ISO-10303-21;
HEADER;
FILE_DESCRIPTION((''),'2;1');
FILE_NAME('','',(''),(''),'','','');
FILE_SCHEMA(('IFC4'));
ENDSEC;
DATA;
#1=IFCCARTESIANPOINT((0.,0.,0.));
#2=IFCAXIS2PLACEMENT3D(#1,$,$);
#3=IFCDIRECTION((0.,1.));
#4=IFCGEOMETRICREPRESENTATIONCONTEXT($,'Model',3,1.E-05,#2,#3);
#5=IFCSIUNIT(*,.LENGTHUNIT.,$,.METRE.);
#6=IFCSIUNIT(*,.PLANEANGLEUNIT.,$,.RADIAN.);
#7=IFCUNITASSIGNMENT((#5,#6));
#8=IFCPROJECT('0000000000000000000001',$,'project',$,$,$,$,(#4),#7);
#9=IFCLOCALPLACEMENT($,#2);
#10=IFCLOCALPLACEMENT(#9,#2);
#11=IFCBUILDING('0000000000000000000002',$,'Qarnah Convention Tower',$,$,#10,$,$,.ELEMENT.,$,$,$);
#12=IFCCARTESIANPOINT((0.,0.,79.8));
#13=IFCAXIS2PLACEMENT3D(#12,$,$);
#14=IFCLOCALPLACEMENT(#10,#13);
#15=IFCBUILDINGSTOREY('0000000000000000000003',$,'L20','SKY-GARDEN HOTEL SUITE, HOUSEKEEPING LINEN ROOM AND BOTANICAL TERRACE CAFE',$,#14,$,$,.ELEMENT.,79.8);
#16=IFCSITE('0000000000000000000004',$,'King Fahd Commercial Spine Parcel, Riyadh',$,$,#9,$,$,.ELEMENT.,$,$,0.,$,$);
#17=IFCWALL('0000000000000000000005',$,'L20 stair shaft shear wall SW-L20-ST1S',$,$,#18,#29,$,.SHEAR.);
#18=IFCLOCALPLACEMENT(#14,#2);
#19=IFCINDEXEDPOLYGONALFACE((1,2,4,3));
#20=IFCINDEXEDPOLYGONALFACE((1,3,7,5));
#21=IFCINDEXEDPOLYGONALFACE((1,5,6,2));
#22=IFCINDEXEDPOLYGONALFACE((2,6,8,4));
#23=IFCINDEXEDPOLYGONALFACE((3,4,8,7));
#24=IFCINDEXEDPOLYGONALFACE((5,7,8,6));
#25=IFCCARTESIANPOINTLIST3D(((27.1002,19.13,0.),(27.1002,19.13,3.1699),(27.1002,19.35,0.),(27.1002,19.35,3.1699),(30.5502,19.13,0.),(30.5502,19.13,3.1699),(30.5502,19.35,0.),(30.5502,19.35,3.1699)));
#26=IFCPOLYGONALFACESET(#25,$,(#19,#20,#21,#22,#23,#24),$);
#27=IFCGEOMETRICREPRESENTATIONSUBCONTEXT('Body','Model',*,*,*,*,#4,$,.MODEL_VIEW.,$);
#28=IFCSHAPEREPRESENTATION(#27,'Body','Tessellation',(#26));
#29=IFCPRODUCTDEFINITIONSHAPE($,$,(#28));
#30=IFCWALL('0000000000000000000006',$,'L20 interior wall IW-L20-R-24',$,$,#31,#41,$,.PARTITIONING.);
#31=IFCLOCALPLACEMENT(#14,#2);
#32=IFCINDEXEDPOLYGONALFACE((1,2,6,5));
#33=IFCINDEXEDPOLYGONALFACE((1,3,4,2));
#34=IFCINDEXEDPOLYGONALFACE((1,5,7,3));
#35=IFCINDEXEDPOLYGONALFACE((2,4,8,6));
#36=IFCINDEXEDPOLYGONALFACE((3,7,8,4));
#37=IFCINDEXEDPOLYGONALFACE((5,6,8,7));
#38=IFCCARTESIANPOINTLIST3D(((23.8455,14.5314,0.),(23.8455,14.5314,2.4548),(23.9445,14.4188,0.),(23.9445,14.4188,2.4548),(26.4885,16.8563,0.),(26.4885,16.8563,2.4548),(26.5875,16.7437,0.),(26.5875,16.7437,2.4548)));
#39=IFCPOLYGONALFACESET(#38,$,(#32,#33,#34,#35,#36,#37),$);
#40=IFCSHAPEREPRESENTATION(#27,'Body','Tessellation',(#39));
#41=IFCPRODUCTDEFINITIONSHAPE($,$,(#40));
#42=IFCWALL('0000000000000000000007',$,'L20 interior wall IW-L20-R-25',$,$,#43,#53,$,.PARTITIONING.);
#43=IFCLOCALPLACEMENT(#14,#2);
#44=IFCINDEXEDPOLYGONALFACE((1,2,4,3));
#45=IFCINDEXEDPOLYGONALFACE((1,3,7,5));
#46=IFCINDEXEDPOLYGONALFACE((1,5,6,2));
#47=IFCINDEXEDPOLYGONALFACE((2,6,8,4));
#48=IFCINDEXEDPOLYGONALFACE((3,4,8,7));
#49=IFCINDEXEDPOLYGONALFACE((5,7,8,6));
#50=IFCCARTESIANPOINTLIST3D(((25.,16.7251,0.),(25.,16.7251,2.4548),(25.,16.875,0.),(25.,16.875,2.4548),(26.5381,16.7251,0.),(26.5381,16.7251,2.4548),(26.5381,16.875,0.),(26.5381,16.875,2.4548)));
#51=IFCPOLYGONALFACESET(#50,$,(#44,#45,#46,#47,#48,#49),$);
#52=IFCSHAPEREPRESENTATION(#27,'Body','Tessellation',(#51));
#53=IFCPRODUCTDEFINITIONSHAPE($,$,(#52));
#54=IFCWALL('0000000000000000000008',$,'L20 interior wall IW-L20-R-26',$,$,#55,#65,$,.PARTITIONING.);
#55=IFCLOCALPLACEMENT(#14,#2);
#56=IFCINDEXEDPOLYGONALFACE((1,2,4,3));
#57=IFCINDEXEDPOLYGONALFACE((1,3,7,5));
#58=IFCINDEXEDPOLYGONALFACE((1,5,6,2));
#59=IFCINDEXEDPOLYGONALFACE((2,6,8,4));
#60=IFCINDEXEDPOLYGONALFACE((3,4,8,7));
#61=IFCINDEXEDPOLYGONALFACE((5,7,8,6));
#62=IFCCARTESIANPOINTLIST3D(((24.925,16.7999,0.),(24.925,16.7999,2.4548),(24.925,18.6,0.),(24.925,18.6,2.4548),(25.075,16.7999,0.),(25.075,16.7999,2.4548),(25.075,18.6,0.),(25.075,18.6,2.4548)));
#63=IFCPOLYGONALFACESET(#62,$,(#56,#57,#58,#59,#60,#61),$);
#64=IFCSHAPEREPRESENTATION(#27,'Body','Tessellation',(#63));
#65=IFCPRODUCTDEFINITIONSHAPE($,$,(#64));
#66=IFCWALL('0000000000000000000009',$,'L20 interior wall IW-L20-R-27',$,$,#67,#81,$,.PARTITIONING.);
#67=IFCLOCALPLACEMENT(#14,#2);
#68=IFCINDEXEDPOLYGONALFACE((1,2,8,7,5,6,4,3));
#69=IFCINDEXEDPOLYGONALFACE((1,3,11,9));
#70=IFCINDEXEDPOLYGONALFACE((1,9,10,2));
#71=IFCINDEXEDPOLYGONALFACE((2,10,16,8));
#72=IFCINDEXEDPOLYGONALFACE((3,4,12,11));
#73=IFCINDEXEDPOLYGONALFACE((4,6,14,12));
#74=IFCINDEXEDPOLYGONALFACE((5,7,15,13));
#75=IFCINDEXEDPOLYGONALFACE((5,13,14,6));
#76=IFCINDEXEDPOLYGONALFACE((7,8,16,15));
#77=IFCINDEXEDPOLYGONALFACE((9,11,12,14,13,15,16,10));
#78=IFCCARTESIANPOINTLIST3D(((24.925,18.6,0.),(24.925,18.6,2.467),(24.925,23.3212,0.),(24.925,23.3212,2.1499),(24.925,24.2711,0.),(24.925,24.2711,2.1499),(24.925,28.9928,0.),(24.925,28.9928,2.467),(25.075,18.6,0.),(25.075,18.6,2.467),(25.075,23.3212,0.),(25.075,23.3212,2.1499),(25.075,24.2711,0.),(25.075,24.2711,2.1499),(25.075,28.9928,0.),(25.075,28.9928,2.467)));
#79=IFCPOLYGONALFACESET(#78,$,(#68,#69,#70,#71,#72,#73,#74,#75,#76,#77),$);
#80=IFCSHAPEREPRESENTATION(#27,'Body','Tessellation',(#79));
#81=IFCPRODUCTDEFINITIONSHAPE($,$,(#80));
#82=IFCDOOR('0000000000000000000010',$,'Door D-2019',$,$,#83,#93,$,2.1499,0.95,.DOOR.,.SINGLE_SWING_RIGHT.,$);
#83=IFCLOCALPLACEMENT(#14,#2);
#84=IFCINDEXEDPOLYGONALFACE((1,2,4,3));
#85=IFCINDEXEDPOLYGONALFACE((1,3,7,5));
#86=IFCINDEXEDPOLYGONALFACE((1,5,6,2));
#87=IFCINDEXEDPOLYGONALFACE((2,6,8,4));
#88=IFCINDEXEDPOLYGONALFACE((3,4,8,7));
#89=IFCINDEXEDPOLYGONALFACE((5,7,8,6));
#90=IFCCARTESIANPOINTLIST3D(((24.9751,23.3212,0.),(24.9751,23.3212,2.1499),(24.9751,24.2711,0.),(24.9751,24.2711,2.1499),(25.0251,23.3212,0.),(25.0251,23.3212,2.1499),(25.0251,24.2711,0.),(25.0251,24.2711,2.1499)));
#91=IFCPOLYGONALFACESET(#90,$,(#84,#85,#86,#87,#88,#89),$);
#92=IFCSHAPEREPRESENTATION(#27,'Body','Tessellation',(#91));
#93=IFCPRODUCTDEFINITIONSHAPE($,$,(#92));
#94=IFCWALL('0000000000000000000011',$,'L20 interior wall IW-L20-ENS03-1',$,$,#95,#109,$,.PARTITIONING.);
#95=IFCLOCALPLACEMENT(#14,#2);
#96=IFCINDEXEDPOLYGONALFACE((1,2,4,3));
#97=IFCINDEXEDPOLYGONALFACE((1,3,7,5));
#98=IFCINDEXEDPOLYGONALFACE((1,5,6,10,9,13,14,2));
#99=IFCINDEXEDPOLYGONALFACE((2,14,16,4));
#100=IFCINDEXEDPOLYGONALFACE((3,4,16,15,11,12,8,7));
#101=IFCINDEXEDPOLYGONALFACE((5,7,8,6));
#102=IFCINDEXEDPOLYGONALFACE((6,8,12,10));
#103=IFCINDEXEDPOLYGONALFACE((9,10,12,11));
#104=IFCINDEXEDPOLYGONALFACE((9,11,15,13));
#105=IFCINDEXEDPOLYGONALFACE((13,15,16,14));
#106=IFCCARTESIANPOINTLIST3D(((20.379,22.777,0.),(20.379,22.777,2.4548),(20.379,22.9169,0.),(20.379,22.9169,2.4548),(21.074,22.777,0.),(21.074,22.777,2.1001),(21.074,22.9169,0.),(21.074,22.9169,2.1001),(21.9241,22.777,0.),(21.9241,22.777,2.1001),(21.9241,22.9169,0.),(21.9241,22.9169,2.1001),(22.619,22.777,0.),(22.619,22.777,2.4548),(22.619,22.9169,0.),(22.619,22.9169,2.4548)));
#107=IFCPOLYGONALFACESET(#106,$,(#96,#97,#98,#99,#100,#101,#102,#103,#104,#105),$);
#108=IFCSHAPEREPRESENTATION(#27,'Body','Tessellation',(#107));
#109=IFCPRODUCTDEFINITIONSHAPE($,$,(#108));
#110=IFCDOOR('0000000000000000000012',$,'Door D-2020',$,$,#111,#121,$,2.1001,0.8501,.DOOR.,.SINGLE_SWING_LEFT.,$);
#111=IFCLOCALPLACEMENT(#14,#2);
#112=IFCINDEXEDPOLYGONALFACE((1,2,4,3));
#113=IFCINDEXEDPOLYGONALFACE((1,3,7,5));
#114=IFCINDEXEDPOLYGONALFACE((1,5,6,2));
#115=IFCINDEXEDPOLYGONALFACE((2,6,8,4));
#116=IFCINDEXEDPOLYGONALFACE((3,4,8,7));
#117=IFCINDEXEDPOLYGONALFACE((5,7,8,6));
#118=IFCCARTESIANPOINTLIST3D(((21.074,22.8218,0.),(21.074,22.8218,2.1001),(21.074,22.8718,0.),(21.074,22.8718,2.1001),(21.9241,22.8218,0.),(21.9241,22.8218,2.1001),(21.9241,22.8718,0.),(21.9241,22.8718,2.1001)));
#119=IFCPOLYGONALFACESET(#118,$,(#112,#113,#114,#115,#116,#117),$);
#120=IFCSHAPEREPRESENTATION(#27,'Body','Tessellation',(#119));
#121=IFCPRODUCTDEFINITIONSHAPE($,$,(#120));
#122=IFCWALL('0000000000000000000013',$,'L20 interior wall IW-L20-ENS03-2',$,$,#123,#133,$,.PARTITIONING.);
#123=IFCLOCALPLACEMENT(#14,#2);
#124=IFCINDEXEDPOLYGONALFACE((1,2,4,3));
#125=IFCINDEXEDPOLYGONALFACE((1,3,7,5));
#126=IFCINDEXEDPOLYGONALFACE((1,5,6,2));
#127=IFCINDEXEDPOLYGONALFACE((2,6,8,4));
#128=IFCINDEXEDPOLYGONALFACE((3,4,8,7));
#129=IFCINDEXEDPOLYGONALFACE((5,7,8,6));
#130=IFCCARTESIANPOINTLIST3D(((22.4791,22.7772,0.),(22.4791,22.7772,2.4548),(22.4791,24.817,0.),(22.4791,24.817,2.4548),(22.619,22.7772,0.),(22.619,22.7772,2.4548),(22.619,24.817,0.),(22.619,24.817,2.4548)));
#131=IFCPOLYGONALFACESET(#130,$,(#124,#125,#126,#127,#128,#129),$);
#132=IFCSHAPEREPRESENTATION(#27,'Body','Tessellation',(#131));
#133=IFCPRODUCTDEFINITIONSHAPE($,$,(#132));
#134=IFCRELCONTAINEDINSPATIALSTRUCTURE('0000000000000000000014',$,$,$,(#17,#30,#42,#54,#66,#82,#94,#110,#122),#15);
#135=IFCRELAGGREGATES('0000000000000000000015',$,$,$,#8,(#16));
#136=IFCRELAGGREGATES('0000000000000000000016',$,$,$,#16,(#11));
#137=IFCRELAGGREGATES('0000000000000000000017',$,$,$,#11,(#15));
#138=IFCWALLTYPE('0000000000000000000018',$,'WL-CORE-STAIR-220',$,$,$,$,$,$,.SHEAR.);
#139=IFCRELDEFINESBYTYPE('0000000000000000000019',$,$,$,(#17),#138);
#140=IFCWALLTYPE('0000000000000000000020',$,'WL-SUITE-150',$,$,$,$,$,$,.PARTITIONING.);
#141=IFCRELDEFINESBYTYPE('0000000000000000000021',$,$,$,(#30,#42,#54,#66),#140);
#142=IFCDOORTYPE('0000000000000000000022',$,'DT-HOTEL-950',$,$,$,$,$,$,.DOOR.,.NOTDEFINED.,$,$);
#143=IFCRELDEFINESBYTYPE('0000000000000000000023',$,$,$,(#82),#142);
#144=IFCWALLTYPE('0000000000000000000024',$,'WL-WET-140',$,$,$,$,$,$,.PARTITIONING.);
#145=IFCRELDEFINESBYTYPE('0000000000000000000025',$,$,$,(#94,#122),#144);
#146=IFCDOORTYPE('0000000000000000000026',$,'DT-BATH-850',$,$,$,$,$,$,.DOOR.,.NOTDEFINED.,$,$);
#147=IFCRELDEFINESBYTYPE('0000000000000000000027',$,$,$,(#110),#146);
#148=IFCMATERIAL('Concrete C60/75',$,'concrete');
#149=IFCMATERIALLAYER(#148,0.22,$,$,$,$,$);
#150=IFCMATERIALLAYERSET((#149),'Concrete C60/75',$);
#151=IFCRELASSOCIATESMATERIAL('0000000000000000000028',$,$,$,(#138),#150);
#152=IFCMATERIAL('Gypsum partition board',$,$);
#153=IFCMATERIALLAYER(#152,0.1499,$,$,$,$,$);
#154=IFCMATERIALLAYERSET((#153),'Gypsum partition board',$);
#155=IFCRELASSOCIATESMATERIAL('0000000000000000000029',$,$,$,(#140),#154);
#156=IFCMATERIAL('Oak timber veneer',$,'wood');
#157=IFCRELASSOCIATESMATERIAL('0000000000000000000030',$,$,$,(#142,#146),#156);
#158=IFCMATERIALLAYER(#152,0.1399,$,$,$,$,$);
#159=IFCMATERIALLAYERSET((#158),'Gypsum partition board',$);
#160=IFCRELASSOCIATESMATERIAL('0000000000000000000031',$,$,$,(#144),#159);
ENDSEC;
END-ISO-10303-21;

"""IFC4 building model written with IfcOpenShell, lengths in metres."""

from ifc_helpers import new_model, si_unit, direction, frame, frame_2d, origin, place, context, subcontext, project, spatial, rectangle, extrude, material, layer, layer_set, type_object, element, fill, save


model = new_model("IFC4")

# Units and contexts
model_context = context("Model", 3, precision=1e-05, world=origin(), true_north=direction((0.0, 1.0)))
body_context = subcontext(model_context, "Body", "Model", "MODEL_VIEW")
ifc_project = project(units=[si_unit("LENGTHUNIT", "METRE"), si_unit("PLANEANGLEUNIT", "RADIAN")], contexts=[model_context])

# Site, building, storey
site_placement = place(None, origin())
site = spatial("IfcSite", under=ifc_project, at=site_placement, Name="King Fahd Commercial Spine Parcel, Riyadh", CompositionType="ELEMENT", RefElevation=0.0)
building_placement = place(site_placement, origin())
building = spatial("IfcBuilding", under=site, at=building_placement, Name="Qarnah Convention Tower", CompositionType="ELEMENT")
storey_placement = place(building_placement, frame((0.0, 0.0, 79.8)))
storey = spatial("IfcBuildingStorey", under=building, at=storey_placement, Name="L20", Description="SKY-GARDEN HOTEL SUITE, HOUSEKEEPING LINEN ROOM AND BOTANICAL TERRACE CAFE", CompositionType="ELEMENT", Elevation=79.8)

# Shared definitions
ifc_material_1 = material(Name="Concrete C60/75", Category="concrete")

# Walls
ifc_layer_1 = layer(ifc_material_1, 0.22)
ifc_layer_set_1 = layer_set([ifc_layer_1], Name="Concrete C60/75")
wall_type_1 = type_object("IfcWallType", Name="WL-CORE-STAIR-220", PredefinedType="SHEAR", material=ifc_layer_set_1)
wall_1_placement = place(storey_placement, frame((27.1001, 19.24, 0.0), z_axis=(0.0, 0.0, 1.0), x_axis=(1.0, 0.0, 0.0)))
element("IfcWall", 1, at=wall_1_placement, inside=storey, type_object=wall_type_1, Name="L20 stair shaft shear wall SW-L20-ST1S", PredefinedType="SHEAR", context=body_context, shape_type="SweptSolid", body=[
    extrude(rectangle(XDim=3.45, YDim=0.22, at=frame_2d((1.7251, 0.0))), origin(), (0.0, 0.0, 1.0), 3.1699),
])
ifc_material_2 = material(Name="Gypsum partition board")
ifc_layer_2 = layer(ifc_material_2, 0.1499)
ifc_layer_set_2 = layer_set([ifc_layer_2], Name="Gypsum partition board")
wall_type_2 = type_object("IfcWallType", Name="WL-SUITE-150", PredefinedType="PARTITIONING", material=ifc_layer_set_2)
wall_2_placement = place(storey_placement, frame((23.895, 14.4751, 0.0), z_axis=(0.0, 0.0, 1.0), x_axis=(0.750847, 0.660476, 0.0)))
element("IfcWall", 2, at=wall_2_placement, inside=storey, type_object=wall_type_2, Name="L20 interior wall IW-L20-R-24", PredefinedType="PARTITIONING", context=body_context, shape_type="SweptSolid", body=[
    extrude(rectangle(XDim=3.52, YDim=0.1499, at=frame_2d((1.76, 0.0))), origin(), (0.0, 0.0, 1.0), 2.4548),
])
wall_3_placement = place(storey_placement, frame((26.5381, 16.8, 0.0), z_axis=(0.0, 0.0, 1.0), x_axis=(-1.0, 0.0, 0.0)))
element("IfcWall", 3, at=wall_3_placement, inside=storey, type_object=wall_type_2, Name="L20 interior wall IW-L20-R-25", PredefinedType="PARTITIONING", context=body_context, shape_type="SweptSolid", body=[
    extrude(rectangle(XDim=1.5381, YDim=0.1499, at=frame_2d((0.769, 0.0))), origin(), (0.0, 0.0, 1.0), 2.4548),
])
wall_4_placement = place(storey_placement, frame((25.0, 16.8, 0.0), z_axis=(0.0, 0.0, 1.0), x_axis=(0.0, 1.0, 0.0)))
element("IfcWall", 4, at=wall_4_placement, inside=storey, type_object=wall_type_2, Name="L20 interior wall IW-L20-R-26", PredefinedType="PARTITIONING", context=body_context, shape_type="SweptSolid", body=[
    extrude(rectangle(XDim=1.8, YDim=0.1499, at=frame_2d((0.8999, 0.0))), origin(), (0.0, 0.0, 1.0), 2.4548),
])

# Walls, openings, doors
wall_5_placement = place(storey_placement, frame((25.0, 18.6001, 0.0), z_axis=(0.0, 0.0, 1.0), x_axis=(0.0, 1.0, 0.0)))
wall_5 = element("IfcWall", 5, at=wall_5_placement, inside=storey, type_object=wall_type_2, Name="L20 interior wall IW-L20-R-27", PredefinedType="PARTITIONING", context=body_context, shape_type="SweptSolid", body=[
    extrude(rectangle(XDim=10.3928, YDim=0.1499, at=frame_2d((5.1963, 0.0))), origin(), (0.0, 0.0, 1.0), 2.467),
])
opening_1_placement = place(wall_5_placement, frame((4.7209, 0.0, 0.0)))
opening_1 = element("IfcOpeningElement", 6, at=opening_1_placement, cuts=wall_5, PredefinedType="OPENING", context=body_context, shape_type="SweptSolid", body=[
    extrude(rectangle(XDim=0.95, YDim=2.1499, at=frame_2d((0.4751, 1.075))), frame((0.0, 0.085, 0.0), z_axis=(0.0, -1.0, 0.0), x_axis=(1.0, 0.0, 0.0)), (0.0, 0.0, 1.0), 0.1699),
])
ifc_material_3 = material(Name="Oak timber veneer", Category="wood")
door_type_1 = type_object("IfcDoorType", Name="DT-HOTEL-950", OperationType="NOTDEFINED", PredefinedType="DOOR", material=ifc_material_3)
door_1_placement = place(opening_1_placement, origin())
door_1 = element("IfcDoor", 7, at=door_1_placement, inside=storey, type_object=door_type_1, Name="Door D-2019", OperationType="SINGLE_SWING_RIGHT", OverallHeight=2.1499, OverallWidth=0.95, PredefinedType="DOOR", context=body_context, shape_type="SweptSolid", body=[
    extrude(rectangle(XDim=0.95, YDim=2.1499, at=frame_2d((0.4751, 1.075))), frame((0.0, 0.0249, 0.0), z_axis=(0.0, -1.0, 0.0), x_axis=(1.0, 0.0, 0.0)), (0.0, 0.0, 1.0), 0.05),
])
fill(opening_1, door_1)
ifc_layer_3 = layer(ifc_material_2, 0.1399)
ifc_layer_set_3 = layer_set([ifc_layer_3], Name="Gypsum partition board")
wall_type_3 = type_object("IfcWallType", Name="WL-WET-140", PredefinedType="PARTITIONING", material=ifc_layer_set_3)
wall_6_placement = place(storey_placement, frame((20.3789, 22.8469, 0.0), z_axis=(0.0, 0.0, 1.0), x_axis=(1.0, 0.0, 0.0)))
wall_6 = element("IfcWall", 8, at=wall_6_placement, inside=storey, type_object=wall_type_3, Name="L20 interior wall IW-L20-ENS03-1", PredefinedType="PARTITIONING", context=body_context, shape_type="SweptSolid", body=[
    extrude(rectangle(XDim=2.24, YDim=0.1399, at=frame_2d((1.1201, 0.0))), origin(), (0.0, 0.0, 1.0), 2.4548),
])
opening_2_placement = place(wall_6_placement, frame((0.6951, 0.0, 0.0)))
opening_2 = element("IfcOpeningElement", 9, at=opening_2_placement, cuts=wall_6, PredefinedType="OPENING", context=body_context, shape_type="SweptSolid", body=[
    extrude(rectangle(XDim=0.8501, YDim=2.1001, at=frame_2d((0.425, 1.05))), frame((0.0, 0.0798, 0.0), z_axis=(0.0, -1.0, 0.0), x_axis=(1.0, 0.0, 0.0)), (0.0, 0.0, 1.0), 0.1599),
])
door_type_2 = type_object("IfcDoorType", Name="DT-BATH-850", OperationType="NOTDEFINED", PredefinedType="DOOR", material=ifc_material_3)
door_2_placement = place(opening_2_placement, origin())
door_2 = element("IfcDoor", 10, at=door_2_placement, inside=storey, type_object=door_type_2, Name="Door D-2020", OperationType="SINGLE_SWING_LEFT", OverallHeight=2.1001, OverallWidth=0.8501, PredefinedType="DOOR", context=body_context, shape_type="SweptSolid", body=[
    extrude(rectangle(XDim=0.8501, YDim=2.1001, at=frame_2d((0.425, 1.05))), frame((0.0, 0.0249, 0.0), z_axis=(0.0, -1.0, 0.0), x_axis=(1.0, 0.0, 0.0)), (0.0, 0.0, 1.0), 0.05),
])
fill(opening_2, door_2)

# Wall
wall_7_placement = place(storey_placement, frame((22.5491, 22.7771, 0.0), z_axis=(0.0, 0.0, 1.0), x_axis=(0.0, 1.0, 0.0)))
element("IfcWall", 11, at=wall_7_placement, inside=storey, type_object=wall_type_3, Name="L20 interior wall IW-L20-ENS03-2", PredefinedType="PARTITIONING", context=body_context, shape_type="SweptSolid", body=[
    extrude(rectangle(XDim=2.0398, YDim=0.1399, at=frame_2d((1.02, 0.0))), origin(), (0.0, 0.0, 1.0), 2.4548),
])

save(model, "model.ifc")
